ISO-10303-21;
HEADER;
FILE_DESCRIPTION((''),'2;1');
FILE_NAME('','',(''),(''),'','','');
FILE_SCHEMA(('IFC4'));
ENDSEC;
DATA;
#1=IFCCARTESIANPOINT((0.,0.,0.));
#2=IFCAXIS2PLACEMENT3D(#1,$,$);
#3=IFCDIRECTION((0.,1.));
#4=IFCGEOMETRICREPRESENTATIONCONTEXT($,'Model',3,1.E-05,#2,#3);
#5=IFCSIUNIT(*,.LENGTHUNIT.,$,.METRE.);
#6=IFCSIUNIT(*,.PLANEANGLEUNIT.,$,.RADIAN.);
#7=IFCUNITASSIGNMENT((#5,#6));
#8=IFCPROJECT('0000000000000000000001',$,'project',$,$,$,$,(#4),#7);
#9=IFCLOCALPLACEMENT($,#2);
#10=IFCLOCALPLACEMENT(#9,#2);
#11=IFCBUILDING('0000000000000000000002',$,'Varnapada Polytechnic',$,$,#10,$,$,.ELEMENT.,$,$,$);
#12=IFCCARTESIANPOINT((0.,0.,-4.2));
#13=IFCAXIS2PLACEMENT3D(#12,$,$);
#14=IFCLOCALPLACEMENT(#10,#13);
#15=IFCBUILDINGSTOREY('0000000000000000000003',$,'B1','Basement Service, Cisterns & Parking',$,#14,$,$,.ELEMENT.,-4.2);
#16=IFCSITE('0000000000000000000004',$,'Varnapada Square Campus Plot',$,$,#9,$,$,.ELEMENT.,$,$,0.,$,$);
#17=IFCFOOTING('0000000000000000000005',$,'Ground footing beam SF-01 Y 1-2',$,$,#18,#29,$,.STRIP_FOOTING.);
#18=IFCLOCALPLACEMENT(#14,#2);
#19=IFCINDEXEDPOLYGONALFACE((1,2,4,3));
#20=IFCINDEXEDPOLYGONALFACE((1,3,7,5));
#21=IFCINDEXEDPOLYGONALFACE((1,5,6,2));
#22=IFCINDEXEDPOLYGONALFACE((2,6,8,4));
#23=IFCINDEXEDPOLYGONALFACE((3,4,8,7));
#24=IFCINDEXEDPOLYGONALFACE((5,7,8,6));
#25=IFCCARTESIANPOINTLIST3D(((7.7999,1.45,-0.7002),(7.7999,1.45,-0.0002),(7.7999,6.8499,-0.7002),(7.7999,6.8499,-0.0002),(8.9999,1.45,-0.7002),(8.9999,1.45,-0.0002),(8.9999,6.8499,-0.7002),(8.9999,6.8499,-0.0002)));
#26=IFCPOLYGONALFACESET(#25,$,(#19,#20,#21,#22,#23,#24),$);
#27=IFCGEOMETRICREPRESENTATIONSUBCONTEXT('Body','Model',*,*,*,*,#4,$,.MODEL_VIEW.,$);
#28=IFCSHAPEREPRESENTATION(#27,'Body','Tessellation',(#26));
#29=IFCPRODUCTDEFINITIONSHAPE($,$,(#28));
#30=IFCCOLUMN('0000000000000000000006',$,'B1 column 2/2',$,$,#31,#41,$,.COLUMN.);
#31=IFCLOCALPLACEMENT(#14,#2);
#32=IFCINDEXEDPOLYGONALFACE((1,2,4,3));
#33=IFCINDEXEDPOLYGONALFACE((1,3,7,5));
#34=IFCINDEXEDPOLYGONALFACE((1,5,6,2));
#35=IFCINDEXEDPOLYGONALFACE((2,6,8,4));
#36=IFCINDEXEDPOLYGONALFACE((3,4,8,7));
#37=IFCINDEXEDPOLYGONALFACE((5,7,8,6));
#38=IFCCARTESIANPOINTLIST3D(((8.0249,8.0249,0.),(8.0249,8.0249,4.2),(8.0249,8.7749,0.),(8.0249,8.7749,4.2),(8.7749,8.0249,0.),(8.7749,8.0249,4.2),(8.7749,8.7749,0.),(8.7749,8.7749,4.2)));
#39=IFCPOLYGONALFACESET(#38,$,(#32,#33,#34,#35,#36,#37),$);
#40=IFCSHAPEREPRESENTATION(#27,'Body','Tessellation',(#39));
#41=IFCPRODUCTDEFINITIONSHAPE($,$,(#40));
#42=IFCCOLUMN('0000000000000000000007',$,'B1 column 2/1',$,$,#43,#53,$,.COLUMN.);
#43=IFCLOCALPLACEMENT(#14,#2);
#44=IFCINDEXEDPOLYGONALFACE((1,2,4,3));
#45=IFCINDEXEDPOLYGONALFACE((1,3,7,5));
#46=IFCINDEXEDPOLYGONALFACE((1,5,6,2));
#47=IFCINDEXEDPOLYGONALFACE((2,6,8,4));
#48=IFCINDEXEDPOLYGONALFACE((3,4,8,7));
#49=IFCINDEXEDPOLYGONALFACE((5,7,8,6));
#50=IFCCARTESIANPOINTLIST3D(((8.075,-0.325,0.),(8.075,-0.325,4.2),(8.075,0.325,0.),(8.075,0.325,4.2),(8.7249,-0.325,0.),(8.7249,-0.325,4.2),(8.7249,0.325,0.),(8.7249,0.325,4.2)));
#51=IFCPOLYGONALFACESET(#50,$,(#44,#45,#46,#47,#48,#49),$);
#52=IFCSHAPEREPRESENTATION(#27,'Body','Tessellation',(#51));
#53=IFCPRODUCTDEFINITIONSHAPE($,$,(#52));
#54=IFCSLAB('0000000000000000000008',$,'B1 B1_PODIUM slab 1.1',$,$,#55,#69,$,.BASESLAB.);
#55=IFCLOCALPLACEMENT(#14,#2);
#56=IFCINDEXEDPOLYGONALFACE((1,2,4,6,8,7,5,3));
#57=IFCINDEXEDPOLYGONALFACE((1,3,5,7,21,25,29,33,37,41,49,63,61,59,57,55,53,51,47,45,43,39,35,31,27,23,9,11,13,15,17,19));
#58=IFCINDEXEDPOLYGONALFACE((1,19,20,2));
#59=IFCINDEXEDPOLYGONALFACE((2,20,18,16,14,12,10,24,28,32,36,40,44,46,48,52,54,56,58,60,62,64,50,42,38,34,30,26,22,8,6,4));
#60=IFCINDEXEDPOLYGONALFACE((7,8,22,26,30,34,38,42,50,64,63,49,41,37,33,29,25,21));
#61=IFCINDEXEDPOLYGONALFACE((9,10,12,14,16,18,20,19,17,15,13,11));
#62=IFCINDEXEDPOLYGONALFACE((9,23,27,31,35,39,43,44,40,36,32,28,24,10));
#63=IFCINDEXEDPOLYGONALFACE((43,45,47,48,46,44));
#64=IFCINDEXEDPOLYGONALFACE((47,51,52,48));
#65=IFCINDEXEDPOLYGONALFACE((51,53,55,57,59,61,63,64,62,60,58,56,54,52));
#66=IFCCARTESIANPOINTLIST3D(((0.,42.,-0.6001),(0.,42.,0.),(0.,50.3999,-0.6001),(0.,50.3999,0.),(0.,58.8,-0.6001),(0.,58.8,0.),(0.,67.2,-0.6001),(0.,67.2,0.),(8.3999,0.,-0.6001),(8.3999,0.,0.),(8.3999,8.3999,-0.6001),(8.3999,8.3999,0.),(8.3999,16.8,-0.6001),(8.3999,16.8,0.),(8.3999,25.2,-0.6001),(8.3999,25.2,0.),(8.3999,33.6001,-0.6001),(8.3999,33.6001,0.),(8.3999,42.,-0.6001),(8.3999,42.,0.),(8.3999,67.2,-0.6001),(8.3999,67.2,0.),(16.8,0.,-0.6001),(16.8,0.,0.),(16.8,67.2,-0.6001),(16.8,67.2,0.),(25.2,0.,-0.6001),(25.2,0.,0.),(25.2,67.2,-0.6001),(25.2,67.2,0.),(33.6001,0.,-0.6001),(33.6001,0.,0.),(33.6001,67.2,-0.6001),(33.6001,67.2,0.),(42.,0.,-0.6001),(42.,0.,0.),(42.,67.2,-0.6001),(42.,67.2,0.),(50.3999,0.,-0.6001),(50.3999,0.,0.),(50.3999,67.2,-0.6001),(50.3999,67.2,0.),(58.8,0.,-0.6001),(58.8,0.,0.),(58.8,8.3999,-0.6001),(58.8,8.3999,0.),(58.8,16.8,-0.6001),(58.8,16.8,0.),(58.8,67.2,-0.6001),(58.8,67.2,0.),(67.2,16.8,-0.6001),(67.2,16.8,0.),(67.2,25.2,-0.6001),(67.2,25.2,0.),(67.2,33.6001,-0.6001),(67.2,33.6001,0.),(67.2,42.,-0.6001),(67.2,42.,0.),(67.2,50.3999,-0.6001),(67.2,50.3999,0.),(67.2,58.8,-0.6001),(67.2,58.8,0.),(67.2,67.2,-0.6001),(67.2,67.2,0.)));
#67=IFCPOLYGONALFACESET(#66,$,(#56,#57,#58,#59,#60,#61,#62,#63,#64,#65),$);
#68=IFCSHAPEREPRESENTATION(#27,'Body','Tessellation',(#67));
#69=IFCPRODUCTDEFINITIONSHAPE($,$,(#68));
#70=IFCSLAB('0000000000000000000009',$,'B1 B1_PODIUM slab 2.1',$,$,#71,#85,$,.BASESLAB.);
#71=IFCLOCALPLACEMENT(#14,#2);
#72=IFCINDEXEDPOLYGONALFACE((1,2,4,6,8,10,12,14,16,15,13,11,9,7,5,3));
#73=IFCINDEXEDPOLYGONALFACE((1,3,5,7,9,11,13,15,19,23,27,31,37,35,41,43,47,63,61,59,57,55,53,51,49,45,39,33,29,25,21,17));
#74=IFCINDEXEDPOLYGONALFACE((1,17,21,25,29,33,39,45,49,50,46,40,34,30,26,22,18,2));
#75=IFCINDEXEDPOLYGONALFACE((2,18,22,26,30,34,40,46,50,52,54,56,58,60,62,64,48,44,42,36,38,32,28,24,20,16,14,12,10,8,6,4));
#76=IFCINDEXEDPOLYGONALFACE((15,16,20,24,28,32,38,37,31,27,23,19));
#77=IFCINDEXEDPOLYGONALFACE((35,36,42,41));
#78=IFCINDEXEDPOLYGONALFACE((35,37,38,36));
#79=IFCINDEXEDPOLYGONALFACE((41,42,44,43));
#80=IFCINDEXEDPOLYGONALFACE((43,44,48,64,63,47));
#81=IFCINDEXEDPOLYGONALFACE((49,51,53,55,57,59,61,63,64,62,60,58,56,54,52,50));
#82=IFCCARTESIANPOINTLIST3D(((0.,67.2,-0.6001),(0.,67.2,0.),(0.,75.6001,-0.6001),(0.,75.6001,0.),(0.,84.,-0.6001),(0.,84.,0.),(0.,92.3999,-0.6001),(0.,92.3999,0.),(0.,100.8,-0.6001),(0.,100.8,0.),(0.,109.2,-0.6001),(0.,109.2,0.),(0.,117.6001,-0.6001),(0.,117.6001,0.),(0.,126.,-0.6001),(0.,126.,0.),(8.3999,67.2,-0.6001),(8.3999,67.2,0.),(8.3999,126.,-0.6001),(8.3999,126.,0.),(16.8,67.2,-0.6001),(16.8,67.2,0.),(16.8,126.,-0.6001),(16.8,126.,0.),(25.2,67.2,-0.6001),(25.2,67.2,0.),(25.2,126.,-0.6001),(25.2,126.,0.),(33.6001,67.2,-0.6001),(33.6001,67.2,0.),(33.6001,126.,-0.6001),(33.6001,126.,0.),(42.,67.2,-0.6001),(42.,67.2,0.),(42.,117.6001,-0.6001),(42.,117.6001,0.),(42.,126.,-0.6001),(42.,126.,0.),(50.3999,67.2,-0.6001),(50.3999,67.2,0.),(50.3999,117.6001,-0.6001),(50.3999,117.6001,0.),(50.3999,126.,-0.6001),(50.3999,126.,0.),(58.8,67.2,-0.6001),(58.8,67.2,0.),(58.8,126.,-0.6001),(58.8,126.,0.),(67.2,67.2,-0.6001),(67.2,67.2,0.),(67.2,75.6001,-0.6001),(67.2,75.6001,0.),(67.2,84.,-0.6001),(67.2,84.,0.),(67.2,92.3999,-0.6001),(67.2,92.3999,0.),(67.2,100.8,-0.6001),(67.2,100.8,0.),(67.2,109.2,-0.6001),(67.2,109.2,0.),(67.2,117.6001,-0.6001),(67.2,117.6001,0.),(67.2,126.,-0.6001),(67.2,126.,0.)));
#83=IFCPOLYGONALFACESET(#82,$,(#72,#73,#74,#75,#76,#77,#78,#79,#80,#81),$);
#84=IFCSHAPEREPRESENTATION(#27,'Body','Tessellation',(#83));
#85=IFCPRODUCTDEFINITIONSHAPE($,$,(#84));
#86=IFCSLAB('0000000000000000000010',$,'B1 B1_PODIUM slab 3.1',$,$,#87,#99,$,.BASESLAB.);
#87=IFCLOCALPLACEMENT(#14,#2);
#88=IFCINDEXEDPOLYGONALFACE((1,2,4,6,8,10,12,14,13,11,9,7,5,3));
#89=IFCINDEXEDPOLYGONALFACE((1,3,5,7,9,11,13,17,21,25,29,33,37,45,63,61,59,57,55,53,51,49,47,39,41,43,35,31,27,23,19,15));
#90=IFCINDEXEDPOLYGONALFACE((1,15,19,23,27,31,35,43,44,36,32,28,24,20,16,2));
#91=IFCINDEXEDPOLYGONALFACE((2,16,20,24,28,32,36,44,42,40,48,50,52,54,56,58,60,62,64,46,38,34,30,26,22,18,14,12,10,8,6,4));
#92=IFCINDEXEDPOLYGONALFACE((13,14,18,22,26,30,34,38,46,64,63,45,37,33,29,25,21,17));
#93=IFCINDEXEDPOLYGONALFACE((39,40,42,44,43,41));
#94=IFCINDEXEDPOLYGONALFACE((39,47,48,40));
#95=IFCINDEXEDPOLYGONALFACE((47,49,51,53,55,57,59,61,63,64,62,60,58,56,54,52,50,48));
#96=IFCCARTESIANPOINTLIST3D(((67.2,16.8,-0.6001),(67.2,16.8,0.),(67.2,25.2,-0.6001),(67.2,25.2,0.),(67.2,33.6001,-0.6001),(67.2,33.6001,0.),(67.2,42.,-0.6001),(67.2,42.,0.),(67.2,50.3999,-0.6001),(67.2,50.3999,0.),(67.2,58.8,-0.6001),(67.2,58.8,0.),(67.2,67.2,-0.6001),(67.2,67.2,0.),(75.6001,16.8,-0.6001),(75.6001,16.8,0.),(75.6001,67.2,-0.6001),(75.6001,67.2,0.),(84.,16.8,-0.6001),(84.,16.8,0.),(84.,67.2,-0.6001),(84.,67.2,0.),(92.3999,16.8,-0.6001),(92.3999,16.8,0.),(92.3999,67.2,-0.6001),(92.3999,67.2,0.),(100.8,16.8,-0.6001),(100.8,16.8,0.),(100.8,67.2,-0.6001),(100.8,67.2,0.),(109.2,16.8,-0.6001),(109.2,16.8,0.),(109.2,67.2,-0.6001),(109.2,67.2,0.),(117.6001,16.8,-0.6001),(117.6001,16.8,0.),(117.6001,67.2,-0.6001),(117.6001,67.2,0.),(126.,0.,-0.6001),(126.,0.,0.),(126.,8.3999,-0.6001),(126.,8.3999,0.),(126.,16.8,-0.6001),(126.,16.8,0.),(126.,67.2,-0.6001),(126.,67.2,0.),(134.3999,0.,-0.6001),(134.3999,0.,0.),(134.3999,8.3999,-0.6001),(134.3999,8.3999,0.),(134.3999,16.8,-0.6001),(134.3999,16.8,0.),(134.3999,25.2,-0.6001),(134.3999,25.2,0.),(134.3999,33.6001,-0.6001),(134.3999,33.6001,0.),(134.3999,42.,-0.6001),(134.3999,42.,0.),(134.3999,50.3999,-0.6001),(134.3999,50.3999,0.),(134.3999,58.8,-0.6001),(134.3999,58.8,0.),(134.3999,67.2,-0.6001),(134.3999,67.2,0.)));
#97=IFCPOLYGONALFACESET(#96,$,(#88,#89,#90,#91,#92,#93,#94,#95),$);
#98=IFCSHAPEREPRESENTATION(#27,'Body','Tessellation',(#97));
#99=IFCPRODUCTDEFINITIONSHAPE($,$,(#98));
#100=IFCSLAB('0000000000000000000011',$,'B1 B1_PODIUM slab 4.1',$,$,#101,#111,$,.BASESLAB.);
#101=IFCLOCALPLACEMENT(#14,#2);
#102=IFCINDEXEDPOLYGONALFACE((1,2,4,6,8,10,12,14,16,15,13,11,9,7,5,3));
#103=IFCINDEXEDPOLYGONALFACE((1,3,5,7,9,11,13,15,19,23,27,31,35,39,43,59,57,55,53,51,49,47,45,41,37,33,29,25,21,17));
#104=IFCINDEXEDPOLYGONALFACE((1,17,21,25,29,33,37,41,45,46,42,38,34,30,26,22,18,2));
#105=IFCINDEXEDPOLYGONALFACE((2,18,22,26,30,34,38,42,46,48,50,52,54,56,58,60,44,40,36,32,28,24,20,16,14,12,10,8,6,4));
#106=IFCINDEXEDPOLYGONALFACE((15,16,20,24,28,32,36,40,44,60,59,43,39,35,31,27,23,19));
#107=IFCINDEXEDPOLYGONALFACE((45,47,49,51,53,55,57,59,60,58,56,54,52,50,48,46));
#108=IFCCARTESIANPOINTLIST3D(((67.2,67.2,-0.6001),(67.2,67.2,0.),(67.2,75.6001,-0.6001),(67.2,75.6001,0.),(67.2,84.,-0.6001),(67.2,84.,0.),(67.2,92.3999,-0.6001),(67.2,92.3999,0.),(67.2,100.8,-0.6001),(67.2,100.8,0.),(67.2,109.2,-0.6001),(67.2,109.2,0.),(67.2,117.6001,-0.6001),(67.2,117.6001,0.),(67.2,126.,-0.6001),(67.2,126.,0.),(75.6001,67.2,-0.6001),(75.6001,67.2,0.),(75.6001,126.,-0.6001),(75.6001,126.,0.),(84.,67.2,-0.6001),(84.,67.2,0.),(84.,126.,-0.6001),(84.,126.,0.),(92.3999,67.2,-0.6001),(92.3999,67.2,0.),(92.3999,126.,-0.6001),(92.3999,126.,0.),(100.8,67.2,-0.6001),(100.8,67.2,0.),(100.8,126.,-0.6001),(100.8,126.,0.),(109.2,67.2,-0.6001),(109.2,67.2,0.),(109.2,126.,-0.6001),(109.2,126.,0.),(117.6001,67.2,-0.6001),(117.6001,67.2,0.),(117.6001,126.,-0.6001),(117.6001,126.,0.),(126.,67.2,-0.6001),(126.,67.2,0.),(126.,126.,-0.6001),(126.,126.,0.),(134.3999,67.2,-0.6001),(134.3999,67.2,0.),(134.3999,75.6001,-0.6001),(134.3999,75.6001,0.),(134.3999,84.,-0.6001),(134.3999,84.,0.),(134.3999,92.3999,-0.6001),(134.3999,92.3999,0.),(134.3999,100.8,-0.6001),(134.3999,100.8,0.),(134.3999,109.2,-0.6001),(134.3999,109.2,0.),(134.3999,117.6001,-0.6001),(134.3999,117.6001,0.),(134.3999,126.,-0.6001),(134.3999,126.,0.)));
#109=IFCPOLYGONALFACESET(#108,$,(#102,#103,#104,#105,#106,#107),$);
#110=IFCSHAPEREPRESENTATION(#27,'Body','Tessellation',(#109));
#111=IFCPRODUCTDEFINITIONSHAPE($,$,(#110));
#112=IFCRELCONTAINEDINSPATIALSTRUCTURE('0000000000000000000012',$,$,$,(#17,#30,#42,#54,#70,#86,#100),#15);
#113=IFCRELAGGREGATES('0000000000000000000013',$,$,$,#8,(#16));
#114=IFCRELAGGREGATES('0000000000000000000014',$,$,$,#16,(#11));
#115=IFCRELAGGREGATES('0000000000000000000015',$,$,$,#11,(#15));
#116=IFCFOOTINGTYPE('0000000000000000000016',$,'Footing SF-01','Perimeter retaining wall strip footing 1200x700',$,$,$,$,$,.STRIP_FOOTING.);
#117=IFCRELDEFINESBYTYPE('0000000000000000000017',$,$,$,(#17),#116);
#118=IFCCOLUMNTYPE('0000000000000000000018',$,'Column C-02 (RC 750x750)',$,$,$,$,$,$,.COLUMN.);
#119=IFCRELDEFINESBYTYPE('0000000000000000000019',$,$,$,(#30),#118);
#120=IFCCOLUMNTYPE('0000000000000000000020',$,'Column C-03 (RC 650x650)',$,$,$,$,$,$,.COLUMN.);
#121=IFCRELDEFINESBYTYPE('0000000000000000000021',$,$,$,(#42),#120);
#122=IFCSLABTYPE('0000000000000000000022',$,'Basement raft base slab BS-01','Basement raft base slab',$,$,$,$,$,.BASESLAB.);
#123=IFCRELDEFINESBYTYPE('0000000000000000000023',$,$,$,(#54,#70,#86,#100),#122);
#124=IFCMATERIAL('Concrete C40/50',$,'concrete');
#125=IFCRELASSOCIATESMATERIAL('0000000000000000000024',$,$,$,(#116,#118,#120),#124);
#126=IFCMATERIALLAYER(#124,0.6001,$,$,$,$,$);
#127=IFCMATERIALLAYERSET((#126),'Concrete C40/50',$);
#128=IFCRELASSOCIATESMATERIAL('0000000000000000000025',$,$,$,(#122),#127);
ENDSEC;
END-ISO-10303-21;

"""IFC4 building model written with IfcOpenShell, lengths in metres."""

from ifc_helpers import new_model, si_unit, direction, frame, origin, origin_2d, place, context, subcontext, project, spatial, polyline, rectangle, outline, extrude, material, layer, layer_set, material_profile, profile_set, type_object, element, save


model = new_model("IFC4")

# Units and contexts
model_context = context("Model", 3, precision=1e-05, world=origin(), true_north=direction((0.0, 1.0)))
body_context = subcontext(model_context, "Body", "Model", "MODEL_VIEW")
ifc_project = project(units=[si_unit("LENGTHUNIT", "METRE"), si_unit("PLANEANGLEUNIT", "RADIAN")], contexts=[model_context])

# Site, building, storey
site_placement = place(None, origin())
site = spatial("IfcSite", under=ifc_project, at=site_placement, Name="Varnapada Square Campus Plot", CompositionType="ELEMENT", RefElevation=0.0)
building_placement = place(site_placement, origin())
building = spatial("IfcBuilding", under=site, at=building_placement, Name="Varnapada Polytechnic", CompositionType="ELEMENT")
storey_placement = place(building_placement, frame((0.0, 0.0, -4.2)))
storey = spatial("IfcBuildingStorey", under=building, at=storey_placement, Name="B1", Description="Basement Service, Cisterns & Parking", CompositionType="ELEMENT", Elevation=-4.2)

# Shared definitions
ifc_material = material(Name="Concrete C40/50", Category="concrete")

# Footing
footing_type_1 = type_object("IfcFootingType", Name="Footing SF-01", Description="Perimeter retaining wall strip footing 1200x700", PredefinedType="STRIP_FOOTING", material=ifc_material)
footing_1_placement = place(storey_placement, frame((8.3999, 4.1499, -0.7002), z_axis=(0.0, 0.0, 1.0), x_axis=(0.0, 1.0, 0.0)))
element("IfcFooting", 1, at=footing_1_placement, inside=storey, type_object=footing_type_1, Name="Ground footing beam SF-01 Y 1-2", PredefinedType="STRIP_FOOTING", context=body_context, shape_type="SweptSolid", body=[
    extrude(rectangle(XDim=5.3999, YDim=1.2, at=origin_2d()), origin(), (0.0, 0.0, 1.0), 0.7),
])

# Columns
ifc_material_profile_1 = material_profile(ifc_material, rectangle(XDim=0.75, YDim=0.75, at=origin_2d()), Name="RC 750x750")
ifc_profile_set_1 = profile_set([ifc_material_profile_1], Name="Concrete C40/50")
column_type_1 = type_object("IfcColumnType", Name="Column C-02 (RC 750x750)", PredefinedType="COLUMN", material=ifc_profile_set_1)
column_1_placement = place(storey_placement, frame((8.3999, 8.3999, 0.0), z_axis=(0.0, 0.0, 1.0), x_axis=(1.0, 0.0, 0.0)))
element("IfcColumn", 2, at=column_1_placement, inside=storey, type_object=column_type_1, Name="B1 column 2/2", PredefinedType="COLUMN", context=body_context, shape_type="SweptSolid", body=[
    extrude(rectangle(XDim=0.75, YDim=0.75, at=origin_2d()), origin(), (0.0, 0.0, 1.0), 4.2),
])
ifc_material_profile_2 = material_profile(ifc_material, rectangle(XDim=0.6499, YDim=0.6499, at=origin_2d()), Name="RC 650x650")
ifc_profile_set_2 = profile_set([ifc_material_profile_2], Name="Concrete C40/50")
column_type_2 = type_object("IfcColumnType", Name="Column C-03 (RC 650x650)", PredefinedType="COLUMN", material=ifc_profile_set_2)
column_2_placement = place(storey_placement, frame((8.3999, 0.0, 0.0), z_axis=(0.0, 0.0, 1.0), x_axis=(1.0, 0.0, 0.0)))
element("IfcColumn", 3, at=column_2_placement, inside=storey, type_object=column_type_2, Name="B1 column 2/1", PredefinedType="COLUMN", context=body_context, shape_type="SweptSolid", body=[
    extrude(rectangle(XDim=0.6499, YDim=0.6499, at=origin_2d()), origin(), (0.0, 0.0, 1.0), 4.2),
])

# Slabs
ifc_layer_1 = layer(ifc_material, 0.6001)
ifc_layer_set_1 = layer_set([ifc_layer_1], Name="Concrete C40/50")
slab_type_1 = type_object("IfcSlabType", Name="Basement raft base slab BS-01", Description="Basement raft base slab", PredefinedType="BASESLAB", material=ifc_layer_set_1)
slab_1_placement = place(storey_placement, frame((0.0, 0.0, -0.6001)))
element("IfcSlab", 4, at=slab_1_placement, inside=storey, type_object=slab_type_1, Name="B1 B1_PODIUM slab 1.1", PredefinedType="BASESLAB", context=body_context, shape_type="SweptSolid", body=[
    extrude(outline(polyline([(8.3999, 8.3999), (8.3999, 16.8), (8.3999, 25.2), (8.3999, 33.6001), (8.3999, 42.0), (0.0, 42.0), (0.0, 50.3999), (0.0, 58.8), (0.0, 67.2), (8.3999, 67.2), (16.8, 67.2), (25.2, 67.2), (33.6001, 67.2), (42.0, 67.2), (50.3999, 67.2), (58.8, 67.2), (67.2, 67.2), (67.2, 58.8), (67.2, 50.3999), (67.2, 42.0), (67.2, 33.6001), (67.2, 25.2), (67.2, 16.8), (58.8, 16.8), (58.8, 8.3999), (58.8, 0.0), (50.3999, 0.0), (42.0, 0.0), (33.6001, 0.0), (25.2, 0.0), (16.8, 0.0), (8.3999, 0.0), (8.3999, 8.3999)])), origin(), (0.0, 0.0, 1.0), 0.6001),
])
slab_2_placement = place(storey_placement, frame((0.0, 0.0, -0.6001)))
element("IfcSlab", 5, at=slab_2_placement, inside=storey, type_object=slab_type_1, Name="B1 B1_PODIUM slab 2.1", PredefinedType="BASESLAB", context=body_context, shape_type="SweptSolid", body=[
    extrude(outline(polyline([(0.0, 100.8), (0.0, 109.2), (0.0, 117.6001), (0.0, 126.0), (8.3999, 126.0), (16.8, 126.0), (25.2, 126.0), (33.6001, 126.0), (42.0, 126.0), (42.0, 117.6001), (50.3999, 117.6001), (50.3999, 126.0), (58.8, 126.0), (67.2, 126.0), (67.2, 117.6001), (67.2, 109.2), (67.2, 100.8), (67.2, 92.3999), (67.2, 84.0), (67.2, 75.6001), (67.2, 67.2), (58.8, 67.2), (50.3999, 67.2), (42.0, 67.2), (33.6001, 67.2), (25.2, 67.2), (16.8, 67.2), (8.3999, 67.2), (0.0, 67.2), (0.0, 75.6001), (0.0, 84.0), (0.0, 92.3999), (0.0, 100.8)])), origin(), (0.0, 0.0, 1.0), 0.6001),
])
slab_3_placement = place(storey_placement, frame((0.0, 0.0, -0.6001)))
element("IfcSlab", 6, at=slab_3_placement, inside=storey, type_object=slab_type_1, Name="B1 B1_PODIUM slab 3.1", PredefinedType="BASESLAB", context=body_context, shape_type="SweptSolid", body=[
    extrude(outline(polyline([(67.2, 50.3999), (67.2, 58.8), (67.2, 67.2), (75.6001, 67.2), (84.0, 67.2), (92.3999, 67.2), (100.8, 67.2), (109.2, 67.2), (117.6001, 67.2), (126.0, 67.2), (134.3999, 67.2), (134.3999, 58.8), (134.3999, 50.3999), (134.3999, 42.0), (134.3999, 33.6001), (134.3999, 25.2), (134.3999, 16.8), (134.3999, 8.3999), (134.3999, 0.0), (126.0, 0.0), (126.0, 8.3999), (126.0, 16.8), (117.6001, 16.8), (109.2, 16.8), (100.8, 16.8), (92.3999, 16.8), (84.0, 16.8), (75.6001, 16.8), (67.2, 16.8), (67.2, 25.2), (67.2, 33.6001), (67.2, 42.0), (67.2, 50.3999)])), origin(), (0.0, 0.0, 1.0), 0.6001),
])
slab_4_placement = place(storey_placement, frame((0.0, 0.0, -0.6001)))
element("IfcSlab", 7, at=slab_4_placement, inside=storey, type_object=slab_type_1, Name="B1 B1_PODIUM slab 4.1", PredefinedType="BASESLAB", context=body_context, shape_type="SweptSolid", body=[
    extrude(outline(polyline([(67.2, 75.6001), (67.2, 84.0), (67.2, 92.3999), (67.2, 100.8), (67.2, 109.2), (67.2, 117.6001), (67.2, 126.0), (75.6001, 126.0), (84.0, 126.0), (92.3999, 126.0), (100.8, 126.0), (109.2, 126.0), (117.6001, 126.0), (126.0, 126.0), (134.3999, 126.0), (134.3999, 117.6001), (134.3999, 109.2), (134.3999, 100.8), (134.3999, 92.3999), (134.3999, 84.0), (134.3999, 75.6001), (134.3999, 67.2), (126.0, 67.2), (117.6001, 67.2), (109.2, 67.2), (100.8, 67.2), (92.3999, 67.2), (84.0, 67.2), (75.6001, 67.2), (67.2, 67.2), (67.2, 75.6001)])), origin(), (0.0, 0.0, 1.0), 0.6001),
])

save(model, "model.ifc")
